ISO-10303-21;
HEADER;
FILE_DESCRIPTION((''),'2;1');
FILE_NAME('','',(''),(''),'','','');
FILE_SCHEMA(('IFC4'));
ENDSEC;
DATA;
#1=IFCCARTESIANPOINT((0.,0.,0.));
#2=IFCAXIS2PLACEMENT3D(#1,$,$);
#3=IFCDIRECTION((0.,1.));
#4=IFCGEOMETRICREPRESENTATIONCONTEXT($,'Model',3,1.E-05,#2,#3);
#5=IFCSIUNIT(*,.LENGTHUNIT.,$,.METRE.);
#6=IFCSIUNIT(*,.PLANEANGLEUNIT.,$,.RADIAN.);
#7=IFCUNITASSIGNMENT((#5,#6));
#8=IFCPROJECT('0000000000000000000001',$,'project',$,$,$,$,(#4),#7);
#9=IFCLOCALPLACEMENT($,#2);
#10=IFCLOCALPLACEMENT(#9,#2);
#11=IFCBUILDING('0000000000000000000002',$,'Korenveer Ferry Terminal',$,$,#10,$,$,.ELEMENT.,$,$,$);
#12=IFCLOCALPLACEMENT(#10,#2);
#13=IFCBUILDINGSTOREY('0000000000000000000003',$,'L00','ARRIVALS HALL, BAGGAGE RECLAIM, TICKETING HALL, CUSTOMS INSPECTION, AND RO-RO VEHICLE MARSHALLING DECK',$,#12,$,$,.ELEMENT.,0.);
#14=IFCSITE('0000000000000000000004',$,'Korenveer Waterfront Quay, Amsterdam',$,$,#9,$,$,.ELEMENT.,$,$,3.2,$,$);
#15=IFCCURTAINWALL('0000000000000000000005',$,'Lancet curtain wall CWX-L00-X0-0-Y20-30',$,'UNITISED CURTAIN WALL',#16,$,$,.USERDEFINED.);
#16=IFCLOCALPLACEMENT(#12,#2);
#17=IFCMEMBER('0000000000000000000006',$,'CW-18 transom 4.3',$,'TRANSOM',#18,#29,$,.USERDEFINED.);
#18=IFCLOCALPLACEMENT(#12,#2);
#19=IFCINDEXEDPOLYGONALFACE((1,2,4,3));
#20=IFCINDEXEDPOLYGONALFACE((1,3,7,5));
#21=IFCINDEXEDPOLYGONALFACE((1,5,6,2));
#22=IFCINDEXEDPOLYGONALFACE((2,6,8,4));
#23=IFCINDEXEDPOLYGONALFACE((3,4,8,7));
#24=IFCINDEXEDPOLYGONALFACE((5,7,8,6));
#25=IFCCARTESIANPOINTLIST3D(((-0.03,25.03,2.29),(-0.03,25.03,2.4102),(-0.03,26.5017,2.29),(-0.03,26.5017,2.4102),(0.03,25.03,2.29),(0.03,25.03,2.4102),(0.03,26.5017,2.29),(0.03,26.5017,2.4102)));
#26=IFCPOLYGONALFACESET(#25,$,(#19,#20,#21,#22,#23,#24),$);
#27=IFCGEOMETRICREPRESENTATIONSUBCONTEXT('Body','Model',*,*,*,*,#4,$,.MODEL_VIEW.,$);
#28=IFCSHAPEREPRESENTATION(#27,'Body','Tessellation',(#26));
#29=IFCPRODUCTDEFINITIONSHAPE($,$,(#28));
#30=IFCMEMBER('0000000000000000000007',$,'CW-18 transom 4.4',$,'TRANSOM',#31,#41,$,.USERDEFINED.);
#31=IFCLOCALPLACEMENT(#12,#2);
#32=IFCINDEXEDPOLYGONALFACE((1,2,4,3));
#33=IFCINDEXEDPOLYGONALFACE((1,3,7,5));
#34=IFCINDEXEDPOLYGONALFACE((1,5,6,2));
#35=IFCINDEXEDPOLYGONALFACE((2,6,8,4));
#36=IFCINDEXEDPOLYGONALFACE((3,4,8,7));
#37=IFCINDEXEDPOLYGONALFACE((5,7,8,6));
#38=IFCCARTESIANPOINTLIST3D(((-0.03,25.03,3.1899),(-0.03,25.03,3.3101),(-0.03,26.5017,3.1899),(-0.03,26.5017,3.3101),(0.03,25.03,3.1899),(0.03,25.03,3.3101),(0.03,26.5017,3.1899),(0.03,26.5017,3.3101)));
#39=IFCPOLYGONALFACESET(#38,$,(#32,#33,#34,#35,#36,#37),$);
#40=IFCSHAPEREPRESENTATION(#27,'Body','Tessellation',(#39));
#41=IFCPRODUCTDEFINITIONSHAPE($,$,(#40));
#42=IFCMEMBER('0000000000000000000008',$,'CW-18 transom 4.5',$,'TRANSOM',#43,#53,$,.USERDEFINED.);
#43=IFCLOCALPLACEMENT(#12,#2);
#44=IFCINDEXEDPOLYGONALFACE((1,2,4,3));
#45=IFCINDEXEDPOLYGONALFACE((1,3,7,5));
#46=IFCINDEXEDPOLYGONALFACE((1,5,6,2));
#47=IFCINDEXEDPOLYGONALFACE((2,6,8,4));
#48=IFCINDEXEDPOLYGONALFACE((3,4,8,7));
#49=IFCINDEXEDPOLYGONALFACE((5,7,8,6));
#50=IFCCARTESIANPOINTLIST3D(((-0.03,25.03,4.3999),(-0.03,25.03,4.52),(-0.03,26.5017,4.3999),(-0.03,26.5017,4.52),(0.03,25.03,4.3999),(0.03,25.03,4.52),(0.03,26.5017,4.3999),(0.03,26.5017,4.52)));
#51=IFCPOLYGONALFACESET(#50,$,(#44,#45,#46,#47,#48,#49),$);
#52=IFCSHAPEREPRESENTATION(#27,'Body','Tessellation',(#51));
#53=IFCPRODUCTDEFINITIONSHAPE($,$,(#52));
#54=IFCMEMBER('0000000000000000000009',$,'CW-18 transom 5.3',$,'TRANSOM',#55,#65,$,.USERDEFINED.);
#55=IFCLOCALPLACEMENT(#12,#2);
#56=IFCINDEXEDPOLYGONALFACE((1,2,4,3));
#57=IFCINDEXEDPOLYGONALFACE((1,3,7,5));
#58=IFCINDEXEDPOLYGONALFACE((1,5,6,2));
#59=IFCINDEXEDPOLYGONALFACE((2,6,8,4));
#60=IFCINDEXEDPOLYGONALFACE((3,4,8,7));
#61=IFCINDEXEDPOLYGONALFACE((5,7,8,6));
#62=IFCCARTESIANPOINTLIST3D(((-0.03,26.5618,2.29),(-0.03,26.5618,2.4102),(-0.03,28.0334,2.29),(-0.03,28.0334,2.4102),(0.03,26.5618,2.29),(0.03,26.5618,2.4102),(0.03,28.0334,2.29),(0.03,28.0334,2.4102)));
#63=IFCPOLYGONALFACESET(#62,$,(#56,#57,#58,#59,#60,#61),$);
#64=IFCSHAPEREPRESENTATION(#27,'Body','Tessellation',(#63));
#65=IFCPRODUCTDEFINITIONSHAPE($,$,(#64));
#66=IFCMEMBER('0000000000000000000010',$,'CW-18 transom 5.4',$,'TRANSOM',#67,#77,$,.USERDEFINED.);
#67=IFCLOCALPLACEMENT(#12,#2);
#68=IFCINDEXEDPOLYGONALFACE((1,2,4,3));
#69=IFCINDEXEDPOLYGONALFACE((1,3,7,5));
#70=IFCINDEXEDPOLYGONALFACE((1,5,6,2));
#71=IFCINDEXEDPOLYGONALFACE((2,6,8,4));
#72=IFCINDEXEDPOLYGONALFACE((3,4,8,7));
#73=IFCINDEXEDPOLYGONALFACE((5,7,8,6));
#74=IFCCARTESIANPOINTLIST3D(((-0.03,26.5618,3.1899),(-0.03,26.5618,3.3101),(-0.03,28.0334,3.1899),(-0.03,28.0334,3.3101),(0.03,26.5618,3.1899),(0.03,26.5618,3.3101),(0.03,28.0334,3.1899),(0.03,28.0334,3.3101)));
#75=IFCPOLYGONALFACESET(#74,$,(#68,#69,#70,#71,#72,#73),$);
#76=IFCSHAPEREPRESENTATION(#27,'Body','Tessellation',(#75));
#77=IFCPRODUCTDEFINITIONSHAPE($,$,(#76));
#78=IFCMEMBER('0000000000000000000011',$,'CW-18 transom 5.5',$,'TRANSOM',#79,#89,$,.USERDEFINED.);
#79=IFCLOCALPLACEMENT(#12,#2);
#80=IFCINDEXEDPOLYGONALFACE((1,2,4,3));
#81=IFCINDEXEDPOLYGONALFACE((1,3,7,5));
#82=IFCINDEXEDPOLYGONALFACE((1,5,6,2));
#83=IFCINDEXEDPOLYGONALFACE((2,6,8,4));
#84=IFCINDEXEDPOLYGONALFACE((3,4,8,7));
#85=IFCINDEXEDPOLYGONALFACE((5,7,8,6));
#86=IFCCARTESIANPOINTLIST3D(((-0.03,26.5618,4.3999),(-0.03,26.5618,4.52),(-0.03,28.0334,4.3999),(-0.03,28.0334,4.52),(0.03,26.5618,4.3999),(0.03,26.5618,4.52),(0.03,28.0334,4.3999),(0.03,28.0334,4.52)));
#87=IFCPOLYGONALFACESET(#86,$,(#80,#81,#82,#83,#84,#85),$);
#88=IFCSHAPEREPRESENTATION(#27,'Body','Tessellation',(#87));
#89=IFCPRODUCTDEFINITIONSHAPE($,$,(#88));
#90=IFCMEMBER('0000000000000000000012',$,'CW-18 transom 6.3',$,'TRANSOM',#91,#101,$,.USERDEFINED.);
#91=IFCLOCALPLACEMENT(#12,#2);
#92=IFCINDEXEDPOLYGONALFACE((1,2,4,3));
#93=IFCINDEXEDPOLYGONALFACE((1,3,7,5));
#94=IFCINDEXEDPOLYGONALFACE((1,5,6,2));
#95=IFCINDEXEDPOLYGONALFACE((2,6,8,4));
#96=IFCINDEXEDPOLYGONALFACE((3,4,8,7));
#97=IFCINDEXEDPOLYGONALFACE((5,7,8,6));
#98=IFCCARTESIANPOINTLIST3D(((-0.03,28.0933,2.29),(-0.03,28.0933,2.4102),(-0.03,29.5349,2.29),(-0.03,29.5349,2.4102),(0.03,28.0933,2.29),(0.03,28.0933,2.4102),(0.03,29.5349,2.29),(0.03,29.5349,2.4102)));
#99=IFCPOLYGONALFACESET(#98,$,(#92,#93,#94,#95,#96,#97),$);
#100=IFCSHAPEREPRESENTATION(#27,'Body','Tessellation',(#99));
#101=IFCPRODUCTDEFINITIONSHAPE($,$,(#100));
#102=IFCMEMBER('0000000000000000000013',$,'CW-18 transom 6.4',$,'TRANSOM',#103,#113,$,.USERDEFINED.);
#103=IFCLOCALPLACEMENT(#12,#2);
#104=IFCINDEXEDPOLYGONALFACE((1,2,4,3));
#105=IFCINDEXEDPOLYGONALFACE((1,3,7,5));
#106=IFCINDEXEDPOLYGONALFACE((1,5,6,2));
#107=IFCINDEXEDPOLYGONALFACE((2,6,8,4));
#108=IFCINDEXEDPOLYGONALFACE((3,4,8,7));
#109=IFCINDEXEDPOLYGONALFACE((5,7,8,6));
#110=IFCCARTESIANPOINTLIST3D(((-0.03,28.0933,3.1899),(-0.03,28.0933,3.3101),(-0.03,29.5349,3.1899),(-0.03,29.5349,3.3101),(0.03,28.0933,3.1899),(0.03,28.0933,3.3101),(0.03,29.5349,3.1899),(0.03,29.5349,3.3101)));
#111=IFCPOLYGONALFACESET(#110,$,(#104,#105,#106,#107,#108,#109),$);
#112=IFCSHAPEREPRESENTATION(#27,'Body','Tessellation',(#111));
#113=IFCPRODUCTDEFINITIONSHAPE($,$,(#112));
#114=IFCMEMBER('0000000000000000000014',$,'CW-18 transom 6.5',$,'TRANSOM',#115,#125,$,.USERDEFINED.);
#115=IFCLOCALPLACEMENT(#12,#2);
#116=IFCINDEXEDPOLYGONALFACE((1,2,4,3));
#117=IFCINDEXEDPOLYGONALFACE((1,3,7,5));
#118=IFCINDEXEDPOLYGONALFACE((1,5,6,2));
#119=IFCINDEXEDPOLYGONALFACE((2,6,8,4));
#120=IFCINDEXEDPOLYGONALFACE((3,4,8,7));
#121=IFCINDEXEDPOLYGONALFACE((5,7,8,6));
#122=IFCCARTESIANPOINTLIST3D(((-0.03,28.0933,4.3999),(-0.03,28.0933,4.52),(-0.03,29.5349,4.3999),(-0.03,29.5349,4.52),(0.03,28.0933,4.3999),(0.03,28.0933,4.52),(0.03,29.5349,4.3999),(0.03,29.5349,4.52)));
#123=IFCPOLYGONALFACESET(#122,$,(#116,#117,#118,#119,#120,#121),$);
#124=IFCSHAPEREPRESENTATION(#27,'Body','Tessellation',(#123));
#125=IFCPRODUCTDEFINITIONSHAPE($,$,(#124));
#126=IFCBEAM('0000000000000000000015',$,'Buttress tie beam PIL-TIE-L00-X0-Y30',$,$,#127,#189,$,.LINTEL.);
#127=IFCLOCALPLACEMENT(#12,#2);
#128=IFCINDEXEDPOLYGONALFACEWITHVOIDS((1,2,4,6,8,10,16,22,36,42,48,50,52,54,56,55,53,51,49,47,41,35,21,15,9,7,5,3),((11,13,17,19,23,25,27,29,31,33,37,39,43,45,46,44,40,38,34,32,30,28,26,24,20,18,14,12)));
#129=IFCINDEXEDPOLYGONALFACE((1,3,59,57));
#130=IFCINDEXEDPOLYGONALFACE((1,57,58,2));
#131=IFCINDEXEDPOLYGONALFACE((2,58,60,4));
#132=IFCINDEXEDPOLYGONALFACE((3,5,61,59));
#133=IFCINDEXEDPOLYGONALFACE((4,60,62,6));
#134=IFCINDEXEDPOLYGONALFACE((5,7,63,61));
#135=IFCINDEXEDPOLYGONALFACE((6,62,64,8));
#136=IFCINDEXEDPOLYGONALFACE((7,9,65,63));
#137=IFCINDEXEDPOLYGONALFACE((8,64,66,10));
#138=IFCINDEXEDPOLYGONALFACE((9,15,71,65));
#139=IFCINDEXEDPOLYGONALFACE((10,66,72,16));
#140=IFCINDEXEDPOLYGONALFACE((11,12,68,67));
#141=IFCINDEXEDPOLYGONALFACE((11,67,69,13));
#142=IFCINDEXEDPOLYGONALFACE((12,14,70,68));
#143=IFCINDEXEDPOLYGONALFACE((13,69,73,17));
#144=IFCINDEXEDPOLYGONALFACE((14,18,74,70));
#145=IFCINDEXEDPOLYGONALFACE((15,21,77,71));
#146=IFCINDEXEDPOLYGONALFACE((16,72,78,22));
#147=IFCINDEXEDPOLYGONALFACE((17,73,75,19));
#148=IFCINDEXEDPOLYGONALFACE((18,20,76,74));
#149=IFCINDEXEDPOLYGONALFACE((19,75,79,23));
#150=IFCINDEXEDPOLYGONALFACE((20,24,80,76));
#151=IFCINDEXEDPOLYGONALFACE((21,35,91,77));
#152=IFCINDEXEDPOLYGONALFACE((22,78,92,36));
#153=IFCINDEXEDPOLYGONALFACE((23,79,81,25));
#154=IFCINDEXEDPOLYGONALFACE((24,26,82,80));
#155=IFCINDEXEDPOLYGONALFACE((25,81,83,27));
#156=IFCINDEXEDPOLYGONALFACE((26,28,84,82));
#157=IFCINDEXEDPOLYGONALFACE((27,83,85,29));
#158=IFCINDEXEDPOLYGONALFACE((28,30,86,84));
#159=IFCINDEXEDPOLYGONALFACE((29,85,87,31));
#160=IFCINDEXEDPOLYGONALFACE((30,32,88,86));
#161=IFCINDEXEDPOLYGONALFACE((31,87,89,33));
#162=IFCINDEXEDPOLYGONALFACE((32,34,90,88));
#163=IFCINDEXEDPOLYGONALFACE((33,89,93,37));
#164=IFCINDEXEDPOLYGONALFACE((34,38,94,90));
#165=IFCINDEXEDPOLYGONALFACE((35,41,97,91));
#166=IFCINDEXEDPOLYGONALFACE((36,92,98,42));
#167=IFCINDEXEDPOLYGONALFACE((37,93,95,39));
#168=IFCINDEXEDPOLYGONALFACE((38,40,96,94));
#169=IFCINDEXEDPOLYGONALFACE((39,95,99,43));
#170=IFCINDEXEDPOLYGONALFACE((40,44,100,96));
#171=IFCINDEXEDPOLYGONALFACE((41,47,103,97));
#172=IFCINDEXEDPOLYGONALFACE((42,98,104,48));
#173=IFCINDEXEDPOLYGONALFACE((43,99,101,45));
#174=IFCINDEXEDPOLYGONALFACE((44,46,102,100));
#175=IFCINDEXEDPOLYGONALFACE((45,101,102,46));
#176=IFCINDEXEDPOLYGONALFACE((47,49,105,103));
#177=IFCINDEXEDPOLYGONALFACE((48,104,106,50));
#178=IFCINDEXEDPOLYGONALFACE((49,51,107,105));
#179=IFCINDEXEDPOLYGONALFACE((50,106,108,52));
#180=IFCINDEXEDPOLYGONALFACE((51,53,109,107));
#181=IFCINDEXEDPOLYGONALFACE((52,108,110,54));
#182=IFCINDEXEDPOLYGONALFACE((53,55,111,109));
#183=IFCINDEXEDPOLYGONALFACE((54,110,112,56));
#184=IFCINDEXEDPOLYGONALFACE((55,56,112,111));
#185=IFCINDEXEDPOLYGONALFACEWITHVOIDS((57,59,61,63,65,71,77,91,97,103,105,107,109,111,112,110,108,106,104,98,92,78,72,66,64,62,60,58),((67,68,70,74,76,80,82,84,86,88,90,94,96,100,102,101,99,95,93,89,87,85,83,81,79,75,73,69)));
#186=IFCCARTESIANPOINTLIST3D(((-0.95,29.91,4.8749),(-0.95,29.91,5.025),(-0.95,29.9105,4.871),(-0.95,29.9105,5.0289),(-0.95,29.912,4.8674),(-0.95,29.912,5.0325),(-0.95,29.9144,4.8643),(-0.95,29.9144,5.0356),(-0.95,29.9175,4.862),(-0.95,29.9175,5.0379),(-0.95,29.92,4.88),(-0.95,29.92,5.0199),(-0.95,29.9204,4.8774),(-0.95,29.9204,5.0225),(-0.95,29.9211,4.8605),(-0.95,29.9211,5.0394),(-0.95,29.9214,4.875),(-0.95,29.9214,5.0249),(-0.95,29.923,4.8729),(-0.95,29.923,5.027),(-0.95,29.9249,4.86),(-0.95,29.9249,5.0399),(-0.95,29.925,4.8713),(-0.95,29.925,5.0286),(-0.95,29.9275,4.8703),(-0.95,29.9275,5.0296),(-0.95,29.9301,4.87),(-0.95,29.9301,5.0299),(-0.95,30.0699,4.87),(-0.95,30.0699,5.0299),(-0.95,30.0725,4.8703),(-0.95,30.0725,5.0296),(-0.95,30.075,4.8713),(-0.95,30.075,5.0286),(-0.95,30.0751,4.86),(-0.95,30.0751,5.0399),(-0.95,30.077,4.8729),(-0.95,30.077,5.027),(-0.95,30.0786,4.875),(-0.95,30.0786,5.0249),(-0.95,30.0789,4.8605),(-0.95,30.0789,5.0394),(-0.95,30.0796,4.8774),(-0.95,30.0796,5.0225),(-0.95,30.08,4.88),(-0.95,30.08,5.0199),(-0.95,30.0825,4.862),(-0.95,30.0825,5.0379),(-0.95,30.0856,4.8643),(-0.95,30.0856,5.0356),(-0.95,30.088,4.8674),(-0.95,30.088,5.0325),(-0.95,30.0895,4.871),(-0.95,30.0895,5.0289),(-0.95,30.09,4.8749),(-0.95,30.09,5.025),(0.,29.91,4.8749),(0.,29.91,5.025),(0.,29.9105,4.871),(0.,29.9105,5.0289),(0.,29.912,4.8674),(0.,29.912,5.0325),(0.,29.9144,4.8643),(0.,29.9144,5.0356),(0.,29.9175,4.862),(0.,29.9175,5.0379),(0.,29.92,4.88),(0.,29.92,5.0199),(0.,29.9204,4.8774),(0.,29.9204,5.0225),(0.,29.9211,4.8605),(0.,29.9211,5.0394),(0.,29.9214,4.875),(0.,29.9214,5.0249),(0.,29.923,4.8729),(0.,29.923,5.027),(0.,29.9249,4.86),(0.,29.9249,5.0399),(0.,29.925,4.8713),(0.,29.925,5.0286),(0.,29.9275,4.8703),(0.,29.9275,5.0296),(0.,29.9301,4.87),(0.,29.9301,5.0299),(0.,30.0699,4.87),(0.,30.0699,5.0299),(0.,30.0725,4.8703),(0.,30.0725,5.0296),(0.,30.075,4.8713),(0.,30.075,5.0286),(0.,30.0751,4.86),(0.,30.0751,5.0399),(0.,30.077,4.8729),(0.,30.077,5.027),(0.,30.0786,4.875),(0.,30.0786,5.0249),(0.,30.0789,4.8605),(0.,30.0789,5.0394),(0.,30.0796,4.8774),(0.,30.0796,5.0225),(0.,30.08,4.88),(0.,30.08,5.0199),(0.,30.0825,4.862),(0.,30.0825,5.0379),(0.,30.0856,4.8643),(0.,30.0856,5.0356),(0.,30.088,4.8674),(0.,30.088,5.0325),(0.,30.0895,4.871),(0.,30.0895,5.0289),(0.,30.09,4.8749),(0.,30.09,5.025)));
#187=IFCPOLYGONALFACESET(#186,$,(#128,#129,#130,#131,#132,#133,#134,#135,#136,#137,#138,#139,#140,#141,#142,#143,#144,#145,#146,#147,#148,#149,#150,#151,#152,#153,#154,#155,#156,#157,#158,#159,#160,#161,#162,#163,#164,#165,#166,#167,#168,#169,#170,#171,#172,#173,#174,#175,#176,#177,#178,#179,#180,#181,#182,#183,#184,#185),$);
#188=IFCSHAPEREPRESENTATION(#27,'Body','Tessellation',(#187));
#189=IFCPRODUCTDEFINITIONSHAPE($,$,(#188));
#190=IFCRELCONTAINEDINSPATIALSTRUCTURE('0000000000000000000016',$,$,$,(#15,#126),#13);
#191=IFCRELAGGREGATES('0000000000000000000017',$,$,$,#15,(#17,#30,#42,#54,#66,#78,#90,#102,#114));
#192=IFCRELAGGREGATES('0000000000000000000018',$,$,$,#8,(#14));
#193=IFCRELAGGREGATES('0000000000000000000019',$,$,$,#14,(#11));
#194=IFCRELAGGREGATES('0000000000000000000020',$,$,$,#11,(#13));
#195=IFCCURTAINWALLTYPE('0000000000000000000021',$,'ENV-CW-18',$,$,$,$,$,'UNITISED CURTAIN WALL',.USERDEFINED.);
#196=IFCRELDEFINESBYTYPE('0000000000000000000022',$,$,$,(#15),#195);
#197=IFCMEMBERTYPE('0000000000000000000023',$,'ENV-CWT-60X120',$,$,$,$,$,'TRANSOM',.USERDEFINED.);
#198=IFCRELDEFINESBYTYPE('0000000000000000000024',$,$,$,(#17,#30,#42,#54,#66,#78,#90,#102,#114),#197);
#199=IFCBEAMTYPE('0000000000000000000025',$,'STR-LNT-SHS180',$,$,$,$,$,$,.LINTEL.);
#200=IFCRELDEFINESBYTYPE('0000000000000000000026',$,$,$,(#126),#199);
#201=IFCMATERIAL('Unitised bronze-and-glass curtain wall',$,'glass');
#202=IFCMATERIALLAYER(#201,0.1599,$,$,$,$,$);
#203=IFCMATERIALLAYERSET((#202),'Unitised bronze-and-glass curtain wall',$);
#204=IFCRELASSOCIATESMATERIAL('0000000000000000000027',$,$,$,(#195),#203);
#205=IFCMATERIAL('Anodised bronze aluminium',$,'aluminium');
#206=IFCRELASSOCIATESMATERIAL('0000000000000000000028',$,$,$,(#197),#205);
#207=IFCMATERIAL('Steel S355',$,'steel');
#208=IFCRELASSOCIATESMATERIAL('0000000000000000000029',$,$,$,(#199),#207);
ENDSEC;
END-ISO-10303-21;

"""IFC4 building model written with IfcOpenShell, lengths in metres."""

from ifc_helpers import new_model, si_unit, direction, frame, origin, origin_2d, place, context, subcontext, project, spatial, rectangle, hollow_rectangle, extrude, material, layer, layer_set, material_profile, profile_set, type_object, element, aggregate, save


model = new_model("IFC4")

# Units and contexts
model_context = context("Model", 3, precision=1e-05, world=origin(), true_north=direction((0.0, 1.0)))
body_context = subcontext(model_context, "Body", "Model", "MODEL_VIEW")
ifc_project = project(units=[si_unit("LENGTHUNIT", "METRE"), si_unit("PLANEANGLEUNIT", "RADIAN")], contexts=[model_context])

# Site, building, storey
site_placement = place(None, origin())
site = spatial("IfcSite", under=ifc_project, at=site_placement, Name="Korenveer Waterfront Quay, Amsterdam", CompositionType="ELEMENT", RefElevation=3.2)
building_placement = place(site_placement, origin())
building = spatial("IfcBuilding", under=site, at=building_placement, Name="Korenveer Ferry Terminal", CompositionType="ELEMENT")
storey_placement = place(building_placement, origin())
storey = spatial("IfcBuildingStorey", under=building, at=storey_placement, Name="L00", Description="ARRIVALS HALL, BAGGAGE RECLAIM, TICKETING HALL, CUSTOMS INSPECTION, AND RO-RO VEHICLE MARSHALLING DECK", CompositionType="ELEMENT", Elevation=0.0)

# Curtain wall, members
ifc_material_1 = material(Name="Unitised bronze-and-glass curtain wall", Category="glass")
ifc_layer_1 = layer(ifc_material_1, 0.1599)
ifc_layer_set_1 = layer_set([ifc_layer_1], Name="Unitised bronze-and-glass curtain wall")
curtain_wall_type = type_object("IfcCurtainWallType", Name="ENV-CW-18", ElementType="UNITISED CURTAIN WALL", PredefinedType="USERDEFINED", material=ifc_layer_set_1)
curtain_wall_placement = place(storey_placement, frame((0.0, 20.405, 0.0)))
curtain_wall = element("IfcCurtainWall", 1, at=curtain_wall_placement, inside=storey, type_object=curtain_wall_type, Name="Lancet curtain wall CWX-L00-X0-0-Y20-30", ObjectType="UNITISED CURTAIN WALL", PredefinedType="USERDEFINED")
ifc_material_2 = material(Name="Anodised bronze aluminium", Category="aluminium")
ifc_material_profile_1 = material_profile(ifc_material_2, rectangle(XDim=0.0601, YDim=0.1201, at=origin_2d()), Name="ALU 60x120")
ifc_profile_set_1 = profile_set([ifc_material_profile_1], Name="Anodised bronze aluminium")
member_type = type_object("IfcMemberType", Name="ENV-CWT-60X120", ElementType="TRANSOM", PredefinedType="USERDEFINED", material=ifc_profile_set_1)
member_1_placement = place(storey_placement, frame((0.0, 25.03, 2.3501), z_axis=(0.0, 1.0, 0.0), x_axis=(-1.0, 0.0, 0.0)))
member_1 = element("IfcMember", 2, at=member_1_placement, type_object=member_type, Name="CW-18 transom 4.3", ObjectType="TRANSOM", PredefinedType="USERDEFINED", context=body_context, shape_type="SweptSolid", body=[
    extrude(rectangle(XDim=0.0601, YDim=0.1201, at=origin_2d()), origin(), (0.0, 0.0, 1.0), 1.4717),
])
member_2_placement = place(storey_placement, frame((0.0, 25.03, 3.25), z_axis=(0.0, 1.0, 0.0), x_axis=(-1.0, 0.0, 0.0)))
member_2 = element("IfcMember", 3, at=member_2_placement, type_object=member_type, Name="CW-18 transom 4.4", ObjectType="TRANSOM", PredefinedType="USERDEFINED", context=body_context, shape_type="SweptSolid", body=[
    extrude(rectangle(XDim=0.0601, YDim=0.1201, at=origin_2d()), origin(), (0.0, 0.0, 1.0), 1.4717),
])
member_3_placement = place(storey_placement, frame((0.0, 25.03, 4.46), z_axis=(0.0, 1.0, 0.0), x_axis=(-1.0, 0.0, 0.0)))
member_3 = element("IfcMember", 4, at=member_3_placement, type_object=member_type, Name="CW-18 transom 4.5", ObjectType="TRANSOM", PredefinedType="USERDEFINED", context=body_context, shape_type="SweptSolid", body=[
    extrude(rectangle(XDim=0.0601, YDim=0.1201, at=origin_2d()), origin(), (0.0, 0.0, 1.0), 1.4717),
])
member_4_placement = place(storey_placement, frame((0.0, 26.5618, 2.3501), z_axis=(0.0, 1.0, 0.0), x_axis=(-1.0, 0.0, 0.0)))
member_4 = element("IfcMember", 5, at=member_4_placement, type_object=member_type, Name="CW-18 transom 5.3", ObjectType="TRANSOM", PredefinedType="USERDEFINED", context=body_context, shape_type="SweptSolid", body=[
    extrude(rectangle(XDim=0.0601, YDim=0.1201, at=origin_2d()), origin(), (0.0, 0.0, 1.0), 1.4717),
])
member_5_placement = place(storey_placement, frame((0.0, 26.5618, 3.25), z_axis=(0.0, 1.0, 0.0), x_axis=(-1.0, 0.0, 0.0)))
member_5 = element("IfcMember", 6, at=member_5_placement, type_object=member_type, Name="CW-18 transom 5.4", ObjectType="TRANSOM", PredefinedType="USERDEFINED", context=body_context, shape_type="SweptSolid", body=[
    extrude(rectangle(XDim=0.0601, YDim=0.1201, at=origin_2d()), origin(), (0.0, 0.0, 1.0), 1.4717),
])
member_6_placement = place(storey_placement, frame((0.0, 26.5618, 4.46), z_axis=(0.0, 1.0, 0.0), x_axis=(-1.0, 0.0, 0.0)))
member_6 = element("IfcMember", 7, at=member_6_placement, type_object=member_type, Name="CW-18 transom 5.5", ObjectType="TRANSOM", PredefinedType="USERDEFINED", context=body_context, shape_type="SweptSolid", body=[
    extrude(rectangle(XDim=0.0601, YDim=0.1201, at=origin_2d()), origin(), (0.0, 0.0, 1.0), 1.4717),
])
member_7_placement = place(storey_placement, frame((0.0, 28.0933, 2.3501), z_axis=(0.0, 1.0, 0.0), x_axis=(-1.0, 0.0, 0.0)))
member_7 = element("IfcMember", 8, at=member_7_placement, type_object=member_type, Name="CW-18 transom 6.3", ObjectType="TRANSOM", PredefinedType="USERDEFINED", context=body_context, shape_type="SweptSolid", body=[
    extrude(rectangle(XDim=0.0601, YDim=0.1201, at=origin_2d()), origin(), (0.0, 0.0, 1.0), 1.4417),
])
member_8_placement = place(storey_placement, frame((0.0, 28.0933, 3.25), z_axis=(0.0, 1.0, 0.0), x_axis=(-1.0, 0.0, 0.0)))
member_8 = element("IfcMember", 9, at=member_8_placement, type_object=member_type, Name="CW-18 transom 6.4", ObjectType="TRANSOM", PredefinedType="USERDEFINED", context=body_context, shape_type="SweptSolid", body=[
    extrude(rectangle(XDim=0.0601, YDim=0.1201, at=origin_2d()), origin(), (0.0, 0.0, 1.0), 1.4417),
])
member_9_placement = place(storey_placement, frame((0.0, 28.0933, 4.46), z_axis=(0.0, 1.0, 0.0), x_axis=(-1.0, 0.0, 0.0)))
member_9 = element("IfcMember", 10, at=member_9_placement, type_object=member_type, Name="CW-18 transom 6.5", ObjectType="TRANSOM", PredefinedType="USERDEFINED", context=body_context, shape_type="SweptSolid", body=[
    extrude(rectangle(XDim=0.0601, YDim=0.1201, at=origin_2d()), origin(), (0.0, 0.0, 1.0), 1.4417),
])

# Beam
ifc_material_3 = material(Name="Steel S355", Category="steel")
ifc_material_profile_2 = material_profile(ifc_material_3, hollow_rectangle(XDim=0.1799, YDim=0.1799, WallThickness=0.01, InnerFilletRadius=0.01, OuterFilletRadius=0.0149, at=origin_2d()), Name="SHS 180x180x10")
ifc_profile_set_2 = profile_set([ifc_material_profile_2], Name="Steel S355")
beam_type = type_object("IfcBeamType", Name="STR-LNT-SHS180", PredefinedType="LINTEL", material=ifc_profile_set_2)
beam_placement = place(storey_placement, frame((-0.95, 30.0, 4.95), z_axis=(1.0, 0.0, 0.0), x_axis=(0.0, 1.0, 0.0)))
element("IfcBeam", 11, at=beam_placement, inside=storey, type_object=beam_type, Name="Buttress tie beam PIL-TIE-L00-X0-Y30", PredefinedType="LINTEL", context=body_context, shape_type="SweptSolid", body=[
    extrude(hollow_rectangle(XDim=0.1799, YDim=0.1799, WallThickness=0.01, InnerFilletRadius=0.01, OuterFilletRadius=0.0149, at=origin_2d()), origin(), (0.0, 0.0, 1.0), 0.95),
])

aggregate(curtain_wall, [member_1, member_2, member_3, member_4, member_5, member_6, member_7, member_8, member_9])

save(model, "model.ifc")
